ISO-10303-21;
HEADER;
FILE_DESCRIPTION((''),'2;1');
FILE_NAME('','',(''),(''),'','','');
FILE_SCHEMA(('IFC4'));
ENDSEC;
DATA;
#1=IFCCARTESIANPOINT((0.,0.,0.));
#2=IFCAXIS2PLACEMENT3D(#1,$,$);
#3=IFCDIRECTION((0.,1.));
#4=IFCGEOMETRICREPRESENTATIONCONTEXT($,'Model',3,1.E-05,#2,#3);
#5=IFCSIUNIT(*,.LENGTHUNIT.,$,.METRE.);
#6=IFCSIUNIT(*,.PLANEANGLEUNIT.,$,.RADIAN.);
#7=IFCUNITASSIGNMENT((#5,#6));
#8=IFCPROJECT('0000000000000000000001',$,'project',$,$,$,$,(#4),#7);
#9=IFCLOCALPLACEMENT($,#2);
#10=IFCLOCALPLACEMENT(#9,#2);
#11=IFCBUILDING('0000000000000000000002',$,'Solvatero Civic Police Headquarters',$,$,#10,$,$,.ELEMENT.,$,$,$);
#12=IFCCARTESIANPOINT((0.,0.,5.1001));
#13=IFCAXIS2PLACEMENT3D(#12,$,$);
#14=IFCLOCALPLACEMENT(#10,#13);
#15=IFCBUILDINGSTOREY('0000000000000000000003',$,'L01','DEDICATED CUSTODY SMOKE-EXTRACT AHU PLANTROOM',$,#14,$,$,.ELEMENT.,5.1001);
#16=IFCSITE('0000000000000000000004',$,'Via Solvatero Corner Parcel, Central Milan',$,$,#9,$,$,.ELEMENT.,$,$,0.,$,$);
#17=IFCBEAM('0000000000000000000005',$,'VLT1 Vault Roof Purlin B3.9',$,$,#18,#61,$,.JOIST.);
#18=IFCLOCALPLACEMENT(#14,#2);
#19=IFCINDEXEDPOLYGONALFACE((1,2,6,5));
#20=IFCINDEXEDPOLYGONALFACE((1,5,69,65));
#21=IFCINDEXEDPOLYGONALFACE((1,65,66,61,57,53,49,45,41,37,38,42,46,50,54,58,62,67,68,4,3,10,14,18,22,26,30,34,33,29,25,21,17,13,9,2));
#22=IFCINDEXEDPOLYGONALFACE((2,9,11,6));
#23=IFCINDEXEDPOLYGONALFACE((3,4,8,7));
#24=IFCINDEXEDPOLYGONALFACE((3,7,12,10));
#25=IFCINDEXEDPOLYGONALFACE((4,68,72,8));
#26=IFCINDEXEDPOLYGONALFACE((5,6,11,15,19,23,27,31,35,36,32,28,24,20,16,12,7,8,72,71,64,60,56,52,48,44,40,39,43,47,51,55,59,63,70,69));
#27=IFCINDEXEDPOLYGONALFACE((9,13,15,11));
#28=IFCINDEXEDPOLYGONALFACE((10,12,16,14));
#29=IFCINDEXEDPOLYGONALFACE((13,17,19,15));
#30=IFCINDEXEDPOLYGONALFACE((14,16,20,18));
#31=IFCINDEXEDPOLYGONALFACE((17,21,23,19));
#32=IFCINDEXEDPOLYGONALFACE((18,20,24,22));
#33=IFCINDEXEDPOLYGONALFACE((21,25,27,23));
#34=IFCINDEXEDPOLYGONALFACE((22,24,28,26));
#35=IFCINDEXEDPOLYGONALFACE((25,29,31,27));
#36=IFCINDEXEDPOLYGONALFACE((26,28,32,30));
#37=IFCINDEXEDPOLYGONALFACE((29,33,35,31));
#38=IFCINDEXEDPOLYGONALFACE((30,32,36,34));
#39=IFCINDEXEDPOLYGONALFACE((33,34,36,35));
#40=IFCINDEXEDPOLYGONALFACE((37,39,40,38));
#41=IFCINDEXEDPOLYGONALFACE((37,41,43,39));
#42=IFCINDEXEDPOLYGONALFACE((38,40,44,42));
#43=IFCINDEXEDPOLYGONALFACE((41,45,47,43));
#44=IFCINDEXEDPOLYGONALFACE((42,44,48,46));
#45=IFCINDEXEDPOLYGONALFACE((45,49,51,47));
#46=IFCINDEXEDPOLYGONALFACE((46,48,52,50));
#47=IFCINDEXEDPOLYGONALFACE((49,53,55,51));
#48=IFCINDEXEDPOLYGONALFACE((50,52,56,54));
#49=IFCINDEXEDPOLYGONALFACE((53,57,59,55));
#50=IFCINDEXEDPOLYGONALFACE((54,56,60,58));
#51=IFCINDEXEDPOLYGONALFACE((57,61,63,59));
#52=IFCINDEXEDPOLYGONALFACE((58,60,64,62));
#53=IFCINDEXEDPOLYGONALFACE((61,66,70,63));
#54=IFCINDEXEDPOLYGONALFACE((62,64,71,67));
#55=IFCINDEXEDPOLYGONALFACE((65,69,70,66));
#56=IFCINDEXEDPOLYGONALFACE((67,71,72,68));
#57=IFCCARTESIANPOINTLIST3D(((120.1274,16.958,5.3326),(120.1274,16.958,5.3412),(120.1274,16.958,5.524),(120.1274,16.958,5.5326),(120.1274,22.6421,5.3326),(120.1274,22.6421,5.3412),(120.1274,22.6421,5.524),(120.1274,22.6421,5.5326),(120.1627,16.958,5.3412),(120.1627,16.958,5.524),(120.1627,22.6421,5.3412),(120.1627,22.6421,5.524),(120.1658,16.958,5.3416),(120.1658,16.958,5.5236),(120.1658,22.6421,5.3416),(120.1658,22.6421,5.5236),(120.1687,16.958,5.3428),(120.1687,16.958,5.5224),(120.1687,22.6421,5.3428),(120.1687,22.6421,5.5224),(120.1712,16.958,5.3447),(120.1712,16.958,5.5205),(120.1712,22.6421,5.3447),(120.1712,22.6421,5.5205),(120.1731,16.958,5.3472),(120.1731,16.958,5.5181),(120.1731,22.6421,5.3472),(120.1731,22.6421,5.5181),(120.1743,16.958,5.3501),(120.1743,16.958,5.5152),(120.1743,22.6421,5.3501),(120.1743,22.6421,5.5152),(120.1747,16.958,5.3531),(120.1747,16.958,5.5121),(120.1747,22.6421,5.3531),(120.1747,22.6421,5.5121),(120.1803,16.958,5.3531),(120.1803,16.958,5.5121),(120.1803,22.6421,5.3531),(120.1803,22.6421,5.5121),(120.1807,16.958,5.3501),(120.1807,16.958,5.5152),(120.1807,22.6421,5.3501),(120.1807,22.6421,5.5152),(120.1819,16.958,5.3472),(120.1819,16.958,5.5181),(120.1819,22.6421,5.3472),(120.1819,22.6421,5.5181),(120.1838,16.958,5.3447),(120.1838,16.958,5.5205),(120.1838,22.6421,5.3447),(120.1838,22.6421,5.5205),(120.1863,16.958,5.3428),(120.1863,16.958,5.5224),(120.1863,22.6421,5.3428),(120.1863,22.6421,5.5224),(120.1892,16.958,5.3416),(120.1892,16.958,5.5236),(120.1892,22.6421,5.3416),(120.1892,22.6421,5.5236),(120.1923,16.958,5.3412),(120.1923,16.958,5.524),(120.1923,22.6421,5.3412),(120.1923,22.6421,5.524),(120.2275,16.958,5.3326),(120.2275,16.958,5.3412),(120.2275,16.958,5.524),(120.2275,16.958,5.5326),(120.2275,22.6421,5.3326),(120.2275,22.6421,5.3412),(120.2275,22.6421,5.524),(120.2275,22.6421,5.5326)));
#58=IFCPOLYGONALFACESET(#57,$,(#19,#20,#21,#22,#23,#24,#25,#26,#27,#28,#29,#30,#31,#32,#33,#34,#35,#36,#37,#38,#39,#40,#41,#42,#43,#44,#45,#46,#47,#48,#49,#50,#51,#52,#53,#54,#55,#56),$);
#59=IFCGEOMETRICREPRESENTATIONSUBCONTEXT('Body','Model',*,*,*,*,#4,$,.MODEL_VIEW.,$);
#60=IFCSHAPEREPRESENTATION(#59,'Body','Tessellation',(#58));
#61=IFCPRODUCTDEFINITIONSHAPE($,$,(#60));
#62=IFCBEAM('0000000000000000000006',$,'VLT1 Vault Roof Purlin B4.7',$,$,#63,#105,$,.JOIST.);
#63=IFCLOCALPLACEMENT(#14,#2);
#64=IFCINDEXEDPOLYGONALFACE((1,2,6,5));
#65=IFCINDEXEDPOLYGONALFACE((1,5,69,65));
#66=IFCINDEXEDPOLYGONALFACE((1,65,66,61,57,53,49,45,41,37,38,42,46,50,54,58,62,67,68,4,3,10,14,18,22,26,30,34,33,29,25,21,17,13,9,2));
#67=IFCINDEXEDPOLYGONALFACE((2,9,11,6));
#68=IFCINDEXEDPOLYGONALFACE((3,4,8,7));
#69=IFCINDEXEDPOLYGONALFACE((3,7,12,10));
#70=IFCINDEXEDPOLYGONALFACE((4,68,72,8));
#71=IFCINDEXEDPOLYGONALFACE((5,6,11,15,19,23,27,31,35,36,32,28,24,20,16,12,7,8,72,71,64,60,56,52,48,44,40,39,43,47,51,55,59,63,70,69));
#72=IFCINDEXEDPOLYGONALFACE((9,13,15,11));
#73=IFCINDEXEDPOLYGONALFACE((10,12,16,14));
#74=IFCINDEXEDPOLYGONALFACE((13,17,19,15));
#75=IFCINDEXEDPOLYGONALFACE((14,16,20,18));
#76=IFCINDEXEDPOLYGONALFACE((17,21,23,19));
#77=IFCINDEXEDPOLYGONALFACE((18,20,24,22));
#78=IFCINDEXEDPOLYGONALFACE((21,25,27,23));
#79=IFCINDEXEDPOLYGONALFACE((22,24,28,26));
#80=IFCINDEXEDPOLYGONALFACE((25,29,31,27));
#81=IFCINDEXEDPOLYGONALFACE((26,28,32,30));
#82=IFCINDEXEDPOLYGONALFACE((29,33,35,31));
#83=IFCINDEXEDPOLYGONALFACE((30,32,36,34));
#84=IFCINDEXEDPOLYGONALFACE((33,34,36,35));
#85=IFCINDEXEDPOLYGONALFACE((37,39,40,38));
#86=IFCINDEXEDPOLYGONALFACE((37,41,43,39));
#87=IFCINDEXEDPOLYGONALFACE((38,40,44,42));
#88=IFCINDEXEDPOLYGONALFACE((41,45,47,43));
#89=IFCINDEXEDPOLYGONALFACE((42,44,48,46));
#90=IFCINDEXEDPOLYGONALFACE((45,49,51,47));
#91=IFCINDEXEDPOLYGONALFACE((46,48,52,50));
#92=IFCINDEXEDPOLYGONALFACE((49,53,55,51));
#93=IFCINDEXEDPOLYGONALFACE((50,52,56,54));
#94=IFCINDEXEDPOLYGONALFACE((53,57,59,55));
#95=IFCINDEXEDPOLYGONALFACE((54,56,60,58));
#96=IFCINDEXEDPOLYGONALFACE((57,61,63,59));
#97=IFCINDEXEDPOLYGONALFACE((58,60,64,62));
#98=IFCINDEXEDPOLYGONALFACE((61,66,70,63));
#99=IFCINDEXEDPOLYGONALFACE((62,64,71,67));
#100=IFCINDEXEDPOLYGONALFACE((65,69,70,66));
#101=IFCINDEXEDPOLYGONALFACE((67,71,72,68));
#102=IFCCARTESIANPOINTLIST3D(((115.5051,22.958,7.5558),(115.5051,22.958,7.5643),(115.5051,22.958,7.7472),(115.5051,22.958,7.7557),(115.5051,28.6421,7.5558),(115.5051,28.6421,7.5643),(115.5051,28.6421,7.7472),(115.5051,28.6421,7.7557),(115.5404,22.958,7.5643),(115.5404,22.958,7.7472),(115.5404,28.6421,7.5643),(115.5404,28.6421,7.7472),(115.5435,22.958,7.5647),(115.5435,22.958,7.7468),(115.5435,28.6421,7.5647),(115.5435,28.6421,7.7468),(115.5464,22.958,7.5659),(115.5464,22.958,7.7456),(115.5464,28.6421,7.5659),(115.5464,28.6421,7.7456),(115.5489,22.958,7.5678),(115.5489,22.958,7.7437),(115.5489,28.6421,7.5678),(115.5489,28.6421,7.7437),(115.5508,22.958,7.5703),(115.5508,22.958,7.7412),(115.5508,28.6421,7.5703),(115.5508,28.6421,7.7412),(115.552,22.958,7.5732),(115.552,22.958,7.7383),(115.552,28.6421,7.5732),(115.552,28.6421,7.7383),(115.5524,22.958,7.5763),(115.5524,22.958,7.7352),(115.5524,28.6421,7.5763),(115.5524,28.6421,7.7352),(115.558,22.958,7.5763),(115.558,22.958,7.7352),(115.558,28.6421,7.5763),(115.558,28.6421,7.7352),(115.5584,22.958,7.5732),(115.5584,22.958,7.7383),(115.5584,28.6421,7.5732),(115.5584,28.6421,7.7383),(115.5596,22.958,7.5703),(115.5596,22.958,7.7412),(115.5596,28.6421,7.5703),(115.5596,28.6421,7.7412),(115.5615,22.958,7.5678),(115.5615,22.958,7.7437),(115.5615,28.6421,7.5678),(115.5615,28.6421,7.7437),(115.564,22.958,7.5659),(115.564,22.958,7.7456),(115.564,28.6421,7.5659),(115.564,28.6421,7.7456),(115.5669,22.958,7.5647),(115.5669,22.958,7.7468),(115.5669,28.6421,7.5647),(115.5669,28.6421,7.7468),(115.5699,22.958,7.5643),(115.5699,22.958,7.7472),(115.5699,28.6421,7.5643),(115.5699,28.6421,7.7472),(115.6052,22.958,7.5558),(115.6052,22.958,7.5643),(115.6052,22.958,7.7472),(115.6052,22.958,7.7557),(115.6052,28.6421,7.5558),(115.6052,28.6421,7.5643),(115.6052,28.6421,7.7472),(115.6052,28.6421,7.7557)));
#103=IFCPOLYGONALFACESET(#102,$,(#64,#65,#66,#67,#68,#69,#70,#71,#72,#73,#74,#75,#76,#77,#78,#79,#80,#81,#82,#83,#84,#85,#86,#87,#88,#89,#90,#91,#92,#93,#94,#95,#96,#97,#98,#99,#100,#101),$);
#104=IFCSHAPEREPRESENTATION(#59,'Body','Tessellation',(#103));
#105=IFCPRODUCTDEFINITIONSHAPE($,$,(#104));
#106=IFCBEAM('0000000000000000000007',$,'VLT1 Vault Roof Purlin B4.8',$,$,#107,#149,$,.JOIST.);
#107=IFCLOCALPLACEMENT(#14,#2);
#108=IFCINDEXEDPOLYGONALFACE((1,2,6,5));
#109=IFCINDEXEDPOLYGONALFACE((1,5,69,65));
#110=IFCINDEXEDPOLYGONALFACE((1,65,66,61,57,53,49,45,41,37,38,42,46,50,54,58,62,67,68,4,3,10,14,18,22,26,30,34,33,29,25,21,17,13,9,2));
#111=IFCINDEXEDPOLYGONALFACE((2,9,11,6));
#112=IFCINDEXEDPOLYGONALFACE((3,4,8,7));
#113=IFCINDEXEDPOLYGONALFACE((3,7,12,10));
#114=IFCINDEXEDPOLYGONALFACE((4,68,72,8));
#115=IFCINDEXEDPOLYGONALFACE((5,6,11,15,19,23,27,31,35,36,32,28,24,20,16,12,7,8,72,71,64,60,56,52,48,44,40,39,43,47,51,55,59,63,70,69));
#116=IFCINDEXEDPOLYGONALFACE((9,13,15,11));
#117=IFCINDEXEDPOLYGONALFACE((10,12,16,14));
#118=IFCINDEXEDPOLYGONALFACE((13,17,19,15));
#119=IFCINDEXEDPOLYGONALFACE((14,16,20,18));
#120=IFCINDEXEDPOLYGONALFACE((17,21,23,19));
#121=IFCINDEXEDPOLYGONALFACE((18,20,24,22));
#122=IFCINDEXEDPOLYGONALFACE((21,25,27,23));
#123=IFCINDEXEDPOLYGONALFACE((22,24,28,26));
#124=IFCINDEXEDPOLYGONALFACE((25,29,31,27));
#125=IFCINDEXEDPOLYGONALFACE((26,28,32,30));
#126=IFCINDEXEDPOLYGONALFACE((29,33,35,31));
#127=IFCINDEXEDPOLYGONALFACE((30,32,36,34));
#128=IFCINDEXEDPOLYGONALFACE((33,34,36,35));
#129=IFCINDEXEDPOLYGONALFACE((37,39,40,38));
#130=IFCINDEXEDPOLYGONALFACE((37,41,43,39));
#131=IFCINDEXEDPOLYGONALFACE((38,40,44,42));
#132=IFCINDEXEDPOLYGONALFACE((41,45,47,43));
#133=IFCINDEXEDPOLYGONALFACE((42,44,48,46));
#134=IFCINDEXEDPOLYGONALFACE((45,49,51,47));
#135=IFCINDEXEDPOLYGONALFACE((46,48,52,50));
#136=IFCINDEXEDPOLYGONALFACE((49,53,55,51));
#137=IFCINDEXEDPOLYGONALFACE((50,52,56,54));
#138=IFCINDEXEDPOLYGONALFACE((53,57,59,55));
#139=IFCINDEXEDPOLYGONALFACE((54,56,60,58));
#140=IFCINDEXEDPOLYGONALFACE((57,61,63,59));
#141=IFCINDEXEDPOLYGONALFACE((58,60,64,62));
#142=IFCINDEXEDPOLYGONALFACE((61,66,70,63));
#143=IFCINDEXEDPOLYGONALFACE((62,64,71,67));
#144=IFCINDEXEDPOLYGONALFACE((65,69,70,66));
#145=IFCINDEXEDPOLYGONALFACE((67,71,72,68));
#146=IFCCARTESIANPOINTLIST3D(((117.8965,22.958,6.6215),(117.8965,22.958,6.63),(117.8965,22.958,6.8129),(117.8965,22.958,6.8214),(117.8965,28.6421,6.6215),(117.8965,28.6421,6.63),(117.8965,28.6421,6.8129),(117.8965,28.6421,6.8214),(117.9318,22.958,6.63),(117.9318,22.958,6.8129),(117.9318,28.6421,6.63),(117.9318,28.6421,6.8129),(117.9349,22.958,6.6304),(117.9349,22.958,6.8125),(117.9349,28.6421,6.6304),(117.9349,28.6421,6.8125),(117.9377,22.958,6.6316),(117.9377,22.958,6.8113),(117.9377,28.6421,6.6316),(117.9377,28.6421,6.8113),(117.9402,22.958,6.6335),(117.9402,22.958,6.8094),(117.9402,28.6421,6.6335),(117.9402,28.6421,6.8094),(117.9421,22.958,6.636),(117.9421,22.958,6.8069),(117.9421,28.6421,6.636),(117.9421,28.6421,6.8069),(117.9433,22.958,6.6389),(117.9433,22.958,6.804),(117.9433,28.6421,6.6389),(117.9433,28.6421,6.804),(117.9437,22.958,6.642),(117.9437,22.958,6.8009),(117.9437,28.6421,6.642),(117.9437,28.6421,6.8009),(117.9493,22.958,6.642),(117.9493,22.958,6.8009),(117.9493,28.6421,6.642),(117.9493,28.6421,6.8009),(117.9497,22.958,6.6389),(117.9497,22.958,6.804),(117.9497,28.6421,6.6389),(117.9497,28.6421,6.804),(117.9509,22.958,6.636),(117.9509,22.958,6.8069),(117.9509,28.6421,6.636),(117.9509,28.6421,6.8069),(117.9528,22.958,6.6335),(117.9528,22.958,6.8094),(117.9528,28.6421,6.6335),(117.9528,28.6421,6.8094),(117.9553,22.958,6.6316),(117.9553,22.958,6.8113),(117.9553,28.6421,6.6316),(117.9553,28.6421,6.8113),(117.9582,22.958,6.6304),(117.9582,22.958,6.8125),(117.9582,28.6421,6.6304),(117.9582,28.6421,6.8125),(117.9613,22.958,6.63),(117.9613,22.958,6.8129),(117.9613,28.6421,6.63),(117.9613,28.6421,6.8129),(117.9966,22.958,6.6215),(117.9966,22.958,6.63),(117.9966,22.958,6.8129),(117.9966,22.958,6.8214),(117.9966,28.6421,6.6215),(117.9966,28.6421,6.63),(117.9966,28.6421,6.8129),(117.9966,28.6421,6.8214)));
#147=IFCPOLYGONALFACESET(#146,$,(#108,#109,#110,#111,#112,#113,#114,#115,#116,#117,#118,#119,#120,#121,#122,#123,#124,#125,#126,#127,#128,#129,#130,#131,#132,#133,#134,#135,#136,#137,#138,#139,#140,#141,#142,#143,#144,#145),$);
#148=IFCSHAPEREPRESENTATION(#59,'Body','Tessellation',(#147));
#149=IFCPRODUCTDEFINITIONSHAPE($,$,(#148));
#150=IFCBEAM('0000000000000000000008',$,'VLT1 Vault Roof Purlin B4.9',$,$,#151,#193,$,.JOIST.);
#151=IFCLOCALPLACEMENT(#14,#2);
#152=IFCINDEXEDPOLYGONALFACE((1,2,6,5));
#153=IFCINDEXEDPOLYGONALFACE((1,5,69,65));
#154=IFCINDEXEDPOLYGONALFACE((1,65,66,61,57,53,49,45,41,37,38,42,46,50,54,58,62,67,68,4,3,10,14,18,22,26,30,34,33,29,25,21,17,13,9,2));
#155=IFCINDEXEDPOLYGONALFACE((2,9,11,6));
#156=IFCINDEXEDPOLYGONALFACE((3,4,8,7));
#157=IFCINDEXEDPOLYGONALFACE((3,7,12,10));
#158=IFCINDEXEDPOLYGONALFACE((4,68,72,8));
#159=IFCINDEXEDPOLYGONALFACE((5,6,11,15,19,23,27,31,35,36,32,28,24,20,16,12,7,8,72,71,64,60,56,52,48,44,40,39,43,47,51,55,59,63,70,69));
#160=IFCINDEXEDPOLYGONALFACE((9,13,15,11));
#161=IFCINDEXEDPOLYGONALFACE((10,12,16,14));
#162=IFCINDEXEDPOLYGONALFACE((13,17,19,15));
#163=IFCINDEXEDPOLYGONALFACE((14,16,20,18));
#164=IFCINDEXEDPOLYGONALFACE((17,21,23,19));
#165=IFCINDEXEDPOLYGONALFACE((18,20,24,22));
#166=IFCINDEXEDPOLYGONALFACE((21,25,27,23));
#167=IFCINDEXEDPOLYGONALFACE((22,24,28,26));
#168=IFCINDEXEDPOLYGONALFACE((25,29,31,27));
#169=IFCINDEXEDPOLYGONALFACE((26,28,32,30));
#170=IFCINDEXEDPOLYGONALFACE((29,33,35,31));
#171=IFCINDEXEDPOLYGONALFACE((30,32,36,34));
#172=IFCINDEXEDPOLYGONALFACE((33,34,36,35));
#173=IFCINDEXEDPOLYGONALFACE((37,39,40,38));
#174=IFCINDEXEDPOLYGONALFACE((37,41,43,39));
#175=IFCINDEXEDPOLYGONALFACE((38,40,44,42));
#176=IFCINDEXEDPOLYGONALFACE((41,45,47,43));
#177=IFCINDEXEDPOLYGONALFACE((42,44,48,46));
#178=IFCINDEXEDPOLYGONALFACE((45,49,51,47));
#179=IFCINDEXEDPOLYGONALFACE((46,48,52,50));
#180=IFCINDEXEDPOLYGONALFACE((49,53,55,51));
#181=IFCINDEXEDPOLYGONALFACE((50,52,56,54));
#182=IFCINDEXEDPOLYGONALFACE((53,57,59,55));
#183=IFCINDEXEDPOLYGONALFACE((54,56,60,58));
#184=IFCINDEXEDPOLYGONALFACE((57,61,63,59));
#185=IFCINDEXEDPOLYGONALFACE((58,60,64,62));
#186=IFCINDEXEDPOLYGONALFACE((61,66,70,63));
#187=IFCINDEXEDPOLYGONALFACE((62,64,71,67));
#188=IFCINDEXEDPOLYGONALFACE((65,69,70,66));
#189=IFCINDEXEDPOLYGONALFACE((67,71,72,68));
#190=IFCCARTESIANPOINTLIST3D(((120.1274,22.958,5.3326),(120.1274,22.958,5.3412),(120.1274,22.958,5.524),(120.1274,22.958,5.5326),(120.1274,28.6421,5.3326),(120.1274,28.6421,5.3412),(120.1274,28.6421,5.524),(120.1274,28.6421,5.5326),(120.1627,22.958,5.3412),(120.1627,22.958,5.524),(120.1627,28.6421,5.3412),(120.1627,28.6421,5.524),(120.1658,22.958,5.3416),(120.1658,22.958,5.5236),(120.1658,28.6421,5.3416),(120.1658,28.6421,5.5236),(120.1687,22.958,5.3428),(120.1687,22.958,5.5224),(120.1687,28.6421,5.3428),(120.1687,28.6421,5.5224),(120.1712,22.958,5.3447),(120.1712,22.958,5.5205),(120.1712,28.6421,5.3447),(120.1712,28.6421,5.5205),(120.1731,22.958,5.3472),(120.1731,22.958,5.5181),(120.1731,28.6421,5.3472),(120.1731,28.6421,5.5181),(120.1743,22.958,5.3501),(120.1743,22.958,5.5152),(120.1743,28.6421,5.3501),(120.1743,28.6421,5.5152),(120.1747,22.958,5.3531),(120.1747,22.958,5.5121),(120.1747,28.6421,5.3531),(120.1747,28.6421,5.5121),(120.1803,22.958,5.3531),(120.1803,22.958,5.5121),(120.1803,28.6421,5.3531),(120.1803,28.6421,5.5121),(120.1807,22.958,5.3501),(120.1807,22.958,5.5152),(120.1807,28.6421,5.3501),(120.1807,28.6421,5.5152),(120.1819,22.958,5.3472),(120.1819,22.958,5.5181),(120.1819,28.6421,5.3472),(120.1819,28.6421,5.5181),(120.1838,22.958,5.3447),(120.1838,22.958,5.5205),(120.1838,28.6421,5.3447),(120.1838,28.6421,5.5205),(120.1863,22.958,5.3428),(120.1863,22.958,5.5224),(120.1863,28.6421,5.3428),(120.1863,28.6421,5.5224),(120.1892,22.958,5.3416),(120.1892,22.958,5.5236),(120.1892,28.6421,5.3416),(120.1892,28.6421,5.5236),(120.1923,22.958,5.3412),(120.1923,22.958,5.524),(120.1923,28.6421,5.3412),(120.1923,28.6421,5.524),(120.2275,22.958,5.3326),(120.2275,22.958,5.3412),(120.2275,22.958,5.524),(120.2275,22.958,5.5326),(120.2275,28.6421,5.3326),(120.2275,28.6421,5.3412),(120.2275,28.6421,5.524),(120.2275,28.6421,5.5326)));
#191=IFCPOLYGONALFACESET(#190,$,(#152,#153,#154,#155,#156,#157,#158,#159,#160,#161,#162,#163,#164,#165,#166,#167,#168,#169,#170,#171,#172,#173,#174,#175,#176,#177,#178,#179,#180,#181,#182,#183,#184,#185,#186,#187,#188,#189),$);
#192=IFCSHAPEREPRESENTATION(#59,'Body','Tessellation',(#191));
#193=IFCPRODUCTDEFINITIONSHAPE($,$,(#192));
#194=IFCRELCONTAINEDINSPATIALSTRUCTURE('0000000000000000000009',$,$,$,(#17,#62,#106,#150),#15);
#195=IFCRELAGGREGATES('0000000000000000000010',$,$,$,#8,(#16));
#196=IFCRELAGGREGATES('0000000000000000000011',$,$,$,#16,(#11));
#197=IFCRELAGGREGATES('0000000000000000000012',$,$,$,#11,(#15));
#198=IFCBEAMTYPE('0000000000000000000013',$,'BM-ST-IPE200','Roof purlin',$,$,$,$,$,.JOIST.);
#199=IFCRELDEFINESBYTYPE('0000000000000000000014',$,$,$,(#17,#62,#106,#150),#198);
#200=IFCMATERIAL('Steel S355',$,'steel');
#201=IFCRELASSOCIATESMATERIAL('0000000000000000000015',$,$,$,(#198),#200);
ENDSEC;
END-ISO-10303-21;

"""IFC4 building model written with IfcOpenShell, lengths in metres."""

from ifc_helpers import new_model, si_unit, direction, frame, origin, origin_2d, place, context, subcontext, project, spatial, i_section, extrude, material, material_profile, profile_set, type_object, element, save


model = new_model("IFC4")

# Units and contexts
model_context = context("Model", 3, precision=1e-05, world=origin(), true_north=direction((0.0, 1.0)))
body_context = subcontext(model_context, "Body", "Model", "MODEL_VIEW")
ifc_project = project(units=[si_unit("LENGTHUNIT", "METRE"), si_unit("PLANEANGLEUNIT", "RADIAN")], contexts=[model_context])

# Site, building, storey
site_placement = place(None, origin())
site = spatial("IfcSite", under=ifc_project, at=site_placement, Name="Via Solvatero Corner Parcel, Central Milan", CompositionType="ELEMENT", RefElevation=0.0)
building_placement = place(site_placement, origin())
building = spatial("IfcBuilding", under=site, at=building_placement, Name="Solvatero Civic Police Headquarters", CompositionType="ELEMENT")
storey_placement = place(building_placement, frame((0.0, 0.0, 5.1001)))
storey = spatial("IfcBuildingStorey", under=building, at=storey_placement, Name="L01", Description="DEDICATED CUSTODY SMOKE-EXTRACT AHU PLANTROOM", CompositionType="ELEMENT", Elevation=5.1001)

# Beams
ifc_material = material(Name="Steel S355", Category="steel")
ifc_material_profile_1 = material_profile(ifc_material, i_section(OverallWidth=0.1001, OverallDepth=0.2, WebThickness=0.0056, FlangeThickness=0.0085, FilletRadius=0.012, at=origin_2d()), Name="IPE 200")
ifc_profile_set_1 = profile_set([ifc_material_profile_1], Name="Steel S355")
beam_type_1 = type_object("IfcBeamType", Name="BM-ST-IPE200", Description="Roof purlin", PredefinedType="JOIST", material=ifc_profile_set_1)
for number, where, z_axis, x_axis, name in (
    (1, (120.1775, 16.958, 5.4326), (0.0, 1.0, 0.0), (-1.0, 0.0, 0.0), "VLT1 Vault Roof Purlin B3.9"),
    (2, (115.5552, 22.958, 7.6558), (0.0, 1.0, 0.0), (-1.0, 0.0, 0.0), "VLT1 Vault Roof Purlin B4.7"),
    (3, (117.9465, 22.958, 6.7214), (0.0, 1.0, 0.0), (-1.0, 0.0, 0.0), "VLT1 Vault Roof Purlin B4.8"),
    (4, (120.1775, 22.958, 5.4326), (0.0, 1.0, 0.0), (-1.0, 0.0, 0.0), "VLT1 Vault Roof Purlin B4.9"),
):
    element("IfcBeam", number, at=place(storey_placement, frame(where, z_axis=z_axis, x_axis=x_axis)), inside=storey, type_object=beam_type_1, Name=name, PredefinedType="JOIST", context=body_context, shape_type="SweptSolid", body=[
        extrude(i_section(OverallWidth=0.1001, OverallDepth=0.2, WebThickness=0.0056, FlangeThickness=0.0085, FilletRadius=0.012, at=origin_2d()), origin(), (0.0, 0.0, 1.0), 5.6841),
    ])

save(model, "model.ifc")
